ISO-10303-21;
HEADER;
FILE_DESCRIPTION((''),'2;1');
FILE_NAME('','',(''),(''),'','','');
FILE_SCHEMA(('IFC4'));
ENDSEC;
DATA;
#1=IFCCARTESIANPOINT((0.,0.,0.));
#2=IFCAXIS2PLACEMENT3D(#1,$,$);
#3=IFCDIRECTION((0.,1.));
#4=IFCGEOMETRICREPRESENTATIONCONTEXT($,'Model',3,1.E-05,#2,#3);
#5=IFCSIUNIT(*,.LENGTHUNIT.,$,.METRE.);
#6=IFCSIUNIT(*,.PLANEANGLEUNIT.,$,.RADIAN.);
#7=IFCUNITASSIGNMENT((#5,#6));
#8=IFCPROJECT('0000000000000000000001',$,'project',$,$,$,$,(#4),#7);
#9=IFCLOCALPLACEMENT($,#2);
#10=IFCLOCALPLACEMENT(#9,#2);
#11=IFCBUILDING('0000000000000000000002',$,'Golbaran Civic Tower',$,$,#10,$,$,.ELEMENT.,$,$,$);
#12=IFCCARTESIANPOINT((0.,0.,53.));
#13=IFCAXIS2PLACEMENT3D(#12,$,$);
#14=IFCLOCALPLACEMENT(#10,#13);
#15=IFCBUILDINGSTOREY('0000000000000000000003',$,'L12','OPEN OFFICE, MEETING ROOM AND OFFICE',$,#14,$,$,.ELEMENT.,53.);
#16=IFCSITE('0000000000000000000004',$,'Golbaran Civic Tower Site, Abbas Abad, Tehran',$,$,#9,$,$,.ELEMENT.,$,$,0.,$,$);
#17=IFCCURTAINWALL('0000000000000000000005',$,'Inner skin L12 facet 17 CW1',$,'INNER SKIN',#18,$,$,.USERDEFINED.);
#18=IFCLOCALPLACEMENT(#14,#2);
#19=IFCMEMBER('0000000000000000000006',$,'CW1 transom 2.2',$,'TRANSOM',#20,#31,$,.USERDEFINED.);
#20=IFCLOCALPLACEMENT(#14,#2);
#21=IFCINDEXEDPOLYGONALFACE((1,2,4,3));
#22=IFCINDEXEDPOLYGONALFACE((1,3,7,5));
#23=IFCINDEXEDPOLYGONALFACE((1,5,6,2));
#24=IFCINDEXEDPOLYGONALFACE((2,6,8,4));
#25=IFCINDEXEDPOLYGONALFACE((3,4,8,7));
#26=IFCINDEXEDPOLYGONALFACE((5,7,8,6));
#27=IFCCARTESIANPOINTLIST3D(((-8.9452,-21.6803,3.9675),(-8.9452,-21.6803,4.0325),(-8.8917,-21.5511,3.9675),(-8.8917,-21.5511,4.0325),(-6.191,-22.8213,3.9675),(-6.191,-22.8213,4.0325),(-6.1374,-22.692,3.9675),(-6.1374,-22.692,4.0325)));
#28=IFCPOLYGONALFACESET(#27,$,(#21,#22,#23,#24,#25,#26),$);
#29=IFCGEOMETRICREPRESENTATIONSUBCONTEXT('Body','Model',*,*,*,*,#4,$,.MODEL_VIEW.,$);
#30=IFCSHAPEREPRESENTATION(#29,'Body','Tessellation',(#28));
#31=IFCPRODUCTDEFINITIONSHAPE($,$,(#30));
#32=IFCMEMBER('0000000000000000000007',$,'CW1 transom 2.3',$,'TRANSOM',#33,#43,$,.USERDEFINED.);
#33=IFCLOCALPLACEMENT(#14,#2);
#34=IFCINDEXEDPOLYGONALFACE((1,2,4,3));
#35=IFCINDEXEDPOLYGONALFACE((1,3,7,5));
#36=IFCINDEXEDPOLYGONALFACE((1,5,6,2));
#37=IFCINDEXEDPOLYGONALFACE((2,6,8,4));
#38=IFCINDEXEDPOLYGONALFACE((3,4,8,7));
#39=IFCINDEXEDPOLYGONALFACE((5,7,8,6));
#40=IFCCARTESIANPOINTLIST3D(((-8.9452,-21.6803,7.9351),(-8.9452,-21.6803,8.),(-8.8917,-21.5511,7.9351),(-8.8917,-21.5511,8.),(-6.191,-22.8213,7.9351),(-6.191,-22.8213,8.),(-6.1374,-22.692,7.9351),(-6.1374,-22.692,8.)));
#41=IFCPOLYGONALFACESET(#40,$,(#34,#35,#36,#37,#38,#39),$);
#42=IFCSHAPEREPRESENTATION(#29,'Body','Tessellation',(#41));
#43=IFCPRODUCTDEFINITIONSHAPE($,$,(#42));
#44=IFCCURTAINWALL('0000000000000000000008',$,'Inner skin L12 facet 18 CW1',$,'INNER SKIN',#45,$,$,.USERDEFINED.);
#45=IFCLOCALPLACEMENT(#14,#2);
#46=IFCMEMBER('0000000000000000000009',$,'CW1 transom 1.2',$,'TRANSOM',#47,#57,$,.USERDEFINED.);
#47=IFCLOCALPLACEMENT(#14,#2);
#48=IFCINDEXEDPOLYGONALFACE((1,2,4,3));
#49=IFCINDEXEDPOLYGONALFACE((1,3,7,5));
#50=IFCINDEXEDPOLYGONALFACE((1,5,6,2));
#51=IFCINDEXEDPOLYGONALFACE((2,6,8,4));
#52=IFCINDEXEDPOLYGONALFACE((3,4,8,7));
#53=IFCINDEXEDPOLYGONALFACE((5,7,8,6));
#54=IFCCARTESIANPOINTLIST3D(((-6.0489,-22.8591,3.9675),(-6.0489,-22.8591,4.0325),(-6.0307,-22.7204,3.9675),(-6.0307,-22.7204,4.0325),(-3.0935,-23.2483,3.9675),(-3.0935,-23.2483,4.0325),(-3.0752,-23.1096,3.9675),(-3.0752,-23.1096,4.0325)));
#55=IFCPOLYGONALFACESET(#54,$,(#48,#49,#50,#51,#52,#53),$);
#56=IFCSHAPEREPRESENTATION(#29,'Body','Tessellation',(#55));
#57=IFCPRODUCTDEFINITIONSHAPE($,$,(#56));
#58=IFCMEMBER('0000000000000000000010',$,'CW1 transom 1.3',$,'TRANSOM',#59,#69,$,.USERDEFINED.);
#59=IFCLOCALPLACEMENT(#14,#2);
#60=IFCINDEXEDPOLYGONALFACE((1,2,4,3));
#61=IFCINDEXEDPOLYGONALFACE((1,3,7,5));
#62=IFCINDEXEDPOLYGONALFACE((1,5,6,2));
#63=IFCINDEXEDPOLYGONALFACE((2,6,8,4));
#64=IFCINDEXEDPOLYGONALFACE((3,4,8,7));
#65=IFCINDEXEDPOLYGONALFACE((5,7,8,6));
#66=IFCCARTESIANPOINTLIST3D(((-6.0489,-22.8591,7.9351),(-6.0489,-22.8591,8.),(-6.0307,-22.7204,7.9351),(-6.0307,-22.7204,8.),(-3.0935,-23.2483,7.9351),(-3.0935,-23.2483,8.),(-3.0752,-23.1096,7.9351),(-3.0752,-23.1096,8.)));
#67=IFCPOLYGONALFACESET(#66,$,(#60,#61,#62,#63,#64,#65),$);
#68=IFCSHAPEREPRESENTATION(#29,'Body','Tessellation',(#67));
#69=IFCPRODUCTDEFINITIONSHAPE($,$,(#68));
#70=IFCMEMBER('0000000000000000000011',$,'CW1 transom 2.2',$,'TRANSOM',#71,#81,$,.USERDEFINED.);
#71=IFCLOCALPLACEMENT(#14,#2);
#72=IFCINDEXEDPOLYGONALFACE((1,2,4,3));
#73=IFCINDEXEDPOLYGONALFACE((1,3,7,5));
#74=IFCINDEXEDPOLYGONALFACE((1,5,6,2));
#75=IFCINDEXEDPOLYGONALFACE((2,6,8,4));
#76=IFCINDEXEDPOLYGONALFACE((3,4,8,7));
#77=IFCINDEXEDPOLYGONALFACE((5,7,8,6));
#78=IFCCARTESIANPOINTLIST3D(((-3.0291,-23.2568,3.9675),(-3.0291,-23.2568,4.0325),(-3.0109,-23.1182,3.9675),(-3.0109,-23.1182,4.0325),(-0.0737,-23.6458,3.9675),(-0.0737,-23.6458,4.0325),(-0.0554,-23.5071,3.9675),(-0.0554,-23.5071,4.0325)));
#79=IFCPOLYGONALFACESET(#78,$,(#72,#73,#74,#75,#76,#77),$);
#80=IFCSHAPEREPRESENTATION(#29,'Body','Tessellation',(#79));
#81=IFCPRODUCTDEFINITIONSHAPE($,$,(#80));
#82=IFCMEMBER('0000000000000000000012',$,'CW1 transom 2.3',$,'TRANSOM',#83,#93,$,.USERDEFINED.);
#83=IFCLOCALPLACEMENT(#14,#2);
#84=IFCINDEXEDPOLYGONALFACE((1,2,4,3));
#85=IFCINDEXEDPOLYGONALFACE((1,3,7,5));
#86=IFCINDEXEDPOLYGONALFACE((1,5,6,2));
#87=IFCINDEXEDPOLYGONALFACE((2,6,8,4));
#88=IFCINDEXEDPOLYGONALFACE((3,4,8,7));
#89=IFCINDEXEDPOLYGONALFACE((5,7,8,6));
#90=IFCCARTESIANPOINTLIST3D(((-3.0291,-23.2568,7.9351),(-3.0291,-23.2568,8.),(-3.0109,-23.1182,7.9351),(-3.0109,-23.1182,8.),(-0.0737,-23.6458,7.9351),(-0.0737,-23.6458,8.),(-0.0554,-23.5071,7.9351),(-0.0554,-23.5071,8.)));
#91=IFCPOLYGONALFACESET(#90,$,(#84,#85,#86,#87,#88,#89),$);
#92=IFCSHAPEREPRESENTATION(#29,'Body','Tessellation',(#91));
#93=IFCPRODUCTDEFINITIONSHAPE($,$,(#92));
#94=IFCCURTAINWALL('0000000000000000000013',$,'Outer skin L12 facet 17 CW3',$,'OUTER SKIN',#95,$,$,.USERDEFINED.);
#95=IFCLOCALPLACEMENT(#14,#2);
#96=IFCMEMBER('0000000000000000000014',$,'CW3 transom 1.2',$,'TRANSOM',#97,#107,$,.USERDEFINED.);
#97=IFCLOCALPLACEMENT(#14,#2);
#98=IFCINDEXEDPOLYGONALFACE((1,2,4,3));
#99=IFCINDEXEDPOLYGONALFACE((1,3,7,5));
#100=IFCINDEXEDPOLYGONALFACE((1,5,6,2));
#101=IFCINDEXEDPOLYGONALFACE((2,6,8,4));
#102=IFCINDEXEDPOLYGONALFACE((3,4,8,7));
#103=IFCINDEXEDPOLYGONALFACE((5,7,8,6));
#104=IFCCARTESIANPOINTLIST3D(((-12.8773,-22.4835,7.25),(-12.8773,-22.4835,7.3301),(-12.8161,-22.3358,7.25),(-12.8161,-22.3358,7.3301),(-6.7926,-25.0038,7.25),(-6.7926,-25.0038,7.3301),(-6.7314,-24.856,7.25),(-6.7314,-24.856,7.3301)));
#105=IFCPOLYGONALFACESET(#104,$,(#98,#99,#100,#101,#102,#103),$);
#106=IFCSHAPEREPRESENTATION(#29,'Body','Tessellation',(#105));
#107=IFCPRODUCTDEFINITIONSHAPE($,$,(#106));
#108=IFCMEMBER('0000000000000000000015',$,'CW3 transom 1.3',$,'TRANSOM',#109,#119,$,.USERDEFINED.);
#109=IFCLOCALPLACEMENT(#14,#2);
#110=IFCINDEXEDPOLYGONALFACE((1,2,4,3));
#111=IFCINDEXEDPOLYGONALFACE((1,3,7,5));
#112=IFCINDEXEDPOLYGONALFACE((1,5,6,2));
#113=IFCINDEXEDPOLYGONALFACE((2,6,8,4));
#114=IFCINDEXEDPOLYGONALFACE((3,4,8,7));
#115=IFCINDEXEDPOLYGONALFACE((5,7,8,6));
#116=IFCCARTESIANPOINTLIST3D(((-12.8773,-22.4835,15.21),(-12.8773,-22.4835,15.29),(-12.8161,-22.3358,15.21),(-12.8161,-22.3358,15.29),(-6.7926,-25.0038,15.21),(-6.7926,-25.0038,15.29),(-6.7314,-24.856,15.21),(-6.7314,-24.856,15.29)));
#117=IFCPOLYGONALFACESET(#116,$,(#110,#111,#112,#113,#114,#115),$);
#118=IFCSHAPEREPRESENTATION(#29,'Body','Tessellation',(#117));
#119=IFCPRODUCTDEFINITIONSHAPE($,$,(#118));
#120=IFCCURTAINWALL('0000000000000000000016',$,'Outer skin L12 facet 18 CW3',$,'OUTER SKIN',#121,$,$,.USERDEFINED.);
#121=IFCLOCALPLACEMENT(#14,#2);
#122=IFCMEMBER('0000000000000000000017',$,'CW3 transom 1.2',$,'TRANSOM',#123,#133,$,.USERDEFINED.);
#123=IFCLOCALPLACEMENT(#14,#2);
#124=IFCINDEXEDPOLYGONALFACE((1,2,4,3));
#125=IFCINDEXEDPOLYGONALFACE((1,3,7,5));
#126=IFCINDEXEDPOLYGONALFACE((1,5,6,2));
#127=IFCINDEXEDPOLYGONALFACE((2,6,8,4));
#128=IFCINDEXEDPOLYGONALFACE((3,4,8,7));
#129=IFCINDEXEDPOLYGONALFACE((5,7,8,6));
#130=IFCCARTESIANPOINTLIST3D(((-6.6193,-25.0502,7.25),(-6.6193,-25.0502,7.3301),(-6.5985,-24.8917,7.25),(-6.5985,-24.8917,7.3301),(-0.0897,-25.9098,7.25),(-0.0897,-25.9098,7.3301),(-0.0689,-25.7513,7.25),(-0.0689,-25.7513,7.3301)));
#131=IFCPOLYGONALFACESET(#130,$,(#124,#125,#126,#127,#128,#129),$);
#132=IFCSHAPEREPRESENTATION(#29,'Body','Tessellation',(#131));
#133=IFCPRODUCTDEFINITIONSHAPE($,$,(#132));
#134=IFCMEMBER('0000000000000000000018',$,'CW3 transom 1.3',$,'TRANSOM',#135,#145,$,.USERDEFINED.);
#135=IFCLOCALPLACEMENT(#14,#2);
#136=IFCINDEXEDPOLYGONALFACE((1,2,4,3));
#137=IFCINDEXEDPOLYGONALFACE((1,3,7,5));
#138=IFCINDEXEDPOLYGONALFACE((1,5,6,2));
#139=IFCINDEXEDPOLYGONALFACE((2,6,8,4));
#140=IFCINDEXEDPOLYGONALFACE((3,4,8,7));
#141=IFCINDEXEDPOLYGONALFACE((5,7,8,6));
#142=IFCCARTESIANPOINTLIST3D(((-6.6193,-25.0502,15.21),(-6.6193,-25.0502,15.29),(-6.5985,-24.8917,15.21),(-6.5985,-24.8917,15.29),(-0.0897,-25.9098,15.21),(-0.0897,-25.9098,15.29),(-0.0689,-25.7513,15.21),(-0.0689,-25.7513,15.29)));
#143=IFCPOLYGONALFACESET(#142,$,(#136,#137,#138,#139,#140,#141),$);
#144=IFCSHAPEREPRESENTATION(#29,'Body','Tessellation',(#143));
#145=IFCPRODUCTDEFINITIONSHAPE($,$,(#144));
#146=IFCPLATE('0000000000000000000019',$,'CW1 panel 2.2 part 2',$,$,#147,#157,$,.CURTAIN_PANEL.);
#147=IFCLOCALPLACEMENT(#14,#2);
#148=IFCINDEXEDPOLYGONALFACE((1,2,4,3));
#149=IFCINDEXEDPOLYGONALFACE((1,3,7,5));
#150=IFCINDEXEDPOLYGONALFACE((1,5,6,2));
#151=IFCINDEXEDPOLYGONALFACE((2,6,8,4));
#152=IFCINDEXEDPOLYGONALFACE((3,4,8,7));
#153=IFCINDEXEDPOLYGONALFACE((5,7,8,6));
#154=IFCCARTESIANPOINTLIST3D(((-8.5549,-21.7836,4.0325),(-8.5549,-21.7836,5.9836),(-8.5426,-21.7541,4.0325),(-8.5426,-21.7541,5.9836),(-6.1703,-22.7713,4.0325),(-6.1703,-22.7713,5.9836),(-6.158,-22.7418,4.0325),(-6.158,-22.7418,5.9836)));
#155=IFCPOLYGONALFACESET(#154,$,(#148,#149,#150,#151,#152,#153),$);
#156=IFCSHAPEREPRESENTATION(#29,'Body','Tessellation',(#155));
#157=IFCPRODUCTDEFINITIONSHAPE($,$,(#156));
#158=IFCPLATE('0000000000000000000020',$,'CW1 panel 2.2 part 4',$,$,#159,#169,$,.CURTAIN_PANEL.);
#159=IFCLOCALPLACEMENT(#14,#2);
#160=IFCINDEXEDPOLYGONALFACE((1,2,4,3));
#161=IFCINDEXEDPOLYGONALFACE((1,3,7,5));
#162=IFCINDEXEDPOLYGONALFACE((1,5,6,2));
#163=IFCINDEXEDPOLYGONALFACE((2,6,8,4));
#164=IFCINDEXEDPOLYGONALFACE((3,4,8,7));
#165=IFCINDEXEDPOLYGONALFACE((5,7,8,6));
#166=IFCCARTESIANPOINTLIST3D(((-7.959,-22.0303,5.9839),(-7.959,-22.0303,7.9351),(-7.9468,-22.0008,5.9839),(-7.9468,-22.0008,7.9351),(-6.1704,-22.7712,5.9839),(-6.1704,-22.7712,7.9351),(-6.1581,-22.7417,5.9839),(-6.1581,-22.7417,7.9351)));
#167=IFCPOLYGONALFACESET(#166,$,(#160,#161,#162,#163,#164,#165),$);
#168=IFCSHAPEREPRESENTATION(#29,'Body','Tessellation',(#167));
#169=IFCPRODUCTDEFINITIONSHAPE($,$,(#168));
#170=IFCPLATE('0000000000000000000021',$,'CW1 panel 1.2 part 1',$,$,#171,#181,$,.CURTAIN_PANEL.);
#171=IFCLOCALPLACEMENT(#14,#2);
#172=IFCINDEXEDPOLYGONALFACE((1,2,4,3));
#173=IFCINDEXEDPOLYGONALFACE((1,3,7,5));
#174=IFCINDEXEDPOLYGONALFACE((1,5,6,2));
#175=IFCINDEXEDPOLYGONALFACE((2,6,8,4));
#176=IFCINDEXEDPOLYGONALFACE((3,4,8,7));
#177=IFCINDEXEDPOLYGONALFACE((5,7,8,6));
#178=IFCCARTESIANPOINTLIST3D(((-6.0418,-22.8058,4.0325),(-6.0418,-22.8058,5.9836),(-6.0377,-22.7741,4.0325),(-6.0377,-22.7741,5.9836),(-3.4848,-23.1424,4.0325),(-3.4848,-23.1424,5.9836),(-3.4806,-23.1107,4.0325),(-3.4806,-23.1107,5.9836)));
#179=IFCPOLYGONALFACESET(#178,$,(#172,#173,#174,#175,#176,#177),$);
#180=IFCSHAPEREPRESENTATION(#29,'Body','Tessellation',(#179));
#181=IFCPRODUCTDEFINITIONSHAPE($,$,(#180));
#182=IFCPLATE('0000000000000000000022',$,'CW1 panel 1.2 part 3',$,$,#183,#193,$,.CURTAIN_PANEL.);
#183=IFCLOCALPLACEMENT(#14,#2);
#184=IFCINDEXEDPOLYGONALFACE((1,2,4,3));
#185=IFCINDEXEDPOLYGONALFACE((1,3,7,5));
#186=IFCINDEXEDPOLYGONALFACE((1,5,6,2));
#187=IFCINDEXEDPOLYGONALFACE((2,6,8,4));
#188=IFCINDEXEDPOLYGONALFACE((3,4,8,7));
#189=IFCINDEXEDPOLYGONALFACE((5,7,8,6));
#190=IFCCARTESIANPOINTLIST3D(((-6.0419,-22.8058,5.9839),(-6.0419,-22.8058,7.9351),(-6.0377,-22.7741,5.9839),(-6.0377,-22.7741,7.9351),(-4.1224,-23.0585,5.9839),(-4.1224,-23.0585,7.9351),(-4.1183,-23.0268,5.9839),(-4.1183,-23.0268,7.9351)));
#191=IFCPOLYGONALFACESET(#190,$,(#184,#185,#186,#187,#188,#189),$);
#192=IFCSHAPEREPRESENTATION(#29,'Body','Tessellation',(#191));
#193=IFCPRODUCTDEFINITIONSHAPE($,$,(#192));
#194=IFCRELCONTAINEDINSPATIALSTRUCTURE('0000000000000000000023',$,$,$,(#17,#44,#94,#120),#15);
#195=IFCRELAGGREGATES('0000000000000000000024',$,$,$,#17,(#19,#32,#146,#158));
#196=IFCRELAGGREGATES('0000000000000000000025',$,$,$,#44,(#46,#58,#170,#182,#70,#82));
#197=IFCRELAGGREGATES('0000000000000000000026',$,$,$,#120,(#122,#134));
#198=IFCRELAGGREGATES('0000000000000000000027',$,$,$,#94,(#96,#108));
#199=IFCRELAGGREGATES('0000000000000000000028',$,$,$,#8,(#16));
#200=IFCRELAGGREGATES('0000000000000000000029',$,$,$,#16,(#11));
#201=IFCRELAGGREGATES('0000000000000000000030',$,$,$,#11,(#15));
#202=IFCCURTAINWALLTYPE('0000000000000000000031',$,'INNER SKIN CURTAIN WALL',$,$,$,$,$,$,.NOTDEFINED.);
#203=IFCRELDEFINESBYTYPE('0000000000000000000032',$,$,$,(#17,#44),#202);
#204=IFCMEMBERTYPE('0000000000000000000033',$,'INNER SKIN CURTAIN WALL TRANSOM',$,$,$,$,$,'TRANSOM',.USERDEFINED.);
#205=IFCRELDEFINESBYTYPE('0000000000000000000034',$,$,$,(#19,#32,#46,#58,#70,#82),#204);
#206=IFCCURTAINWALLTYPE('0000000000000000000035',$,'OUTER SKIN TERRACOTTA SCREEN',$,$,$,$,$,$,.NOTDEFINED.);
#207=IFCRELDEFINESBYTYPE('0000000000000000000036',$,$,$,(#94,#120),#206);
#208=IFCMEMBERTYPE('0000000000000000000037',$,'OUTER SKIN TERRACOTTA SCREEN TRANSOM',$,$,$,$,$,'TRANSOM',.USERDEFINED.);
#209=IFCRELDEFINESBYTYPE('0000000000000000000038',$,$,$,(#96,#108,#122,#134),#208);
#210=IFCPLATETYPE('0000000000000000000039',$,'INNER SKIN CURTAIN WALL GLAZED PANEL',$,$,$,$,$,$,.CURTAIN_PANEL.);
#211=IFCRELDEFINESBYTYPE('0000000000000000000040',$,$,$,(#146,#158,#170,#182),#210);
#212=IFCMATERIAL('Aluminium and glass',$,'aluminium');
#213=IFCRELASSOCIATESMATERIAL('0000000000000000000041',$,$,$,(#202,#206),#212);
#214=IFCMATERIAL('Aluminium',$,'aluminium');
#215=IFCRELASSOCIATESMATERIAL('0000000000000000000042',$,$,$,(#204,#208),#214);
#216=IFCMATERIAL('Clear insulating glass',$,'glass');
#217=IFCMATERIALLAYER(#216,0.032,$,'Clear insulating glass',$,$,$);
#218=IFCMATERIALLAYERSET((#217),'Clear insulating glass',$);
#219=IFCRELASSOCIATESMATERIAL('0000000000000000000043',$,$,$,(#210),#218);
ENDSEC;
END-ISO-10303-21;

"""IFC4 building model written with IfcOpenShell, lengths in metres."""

from ifc_helpers import new_model, si_unit, direction, frame, origin, origin_2d, place, context, subcontext, project, spatial, rectangle, extrude, material, layer, layer_set, material_profile, profile_set, type_object, element, aggregate, save


model = new_model("IFC4")

# Units and contexts
model_context = context("Model", 3, precision=1e-05, world=origin(), true_north=direction((0.0, 1.0)))
body_context = subcontext(model_context, "Body", "Model", "MODEL_VIEW")
ifc_project = project(units=[si_unit("LENGTHUNIT", "METRE"), si_unit("PLANEANGLEUNIT", "RADIAN")], contexts=[model_context])

# Site, building, storey
site_placement = place(None, origin())
site = spatial("IfcSite", under=ifc_project, at=site_placement, Name="Golbaran Civic Tower Site, Abbas Abad, Tehran", CompositionType="ELEMENT", RefElevation=0.0)
building_placement = place(site_placement, origin())
building = spatial("IfcBuilding", under=site, at=building_placement, Name="Golbaran Civic Tower", CompositionType="ELEMENT")
storey_placement = place(building_placement, frame((0.0, 0.0, 53.0)))
storey = spatial("IfcBuildingStorey", under=building, at=storey_placement, Name="L12", Description="OPEN OFFICE, MEETING ROOM AND OFFICE", CompositionType="ELEMENT", Elevation=53.0)

# Curtain walls, members
ifc_material_1 = material(Name="Aluminium and glass", Category="aluminium")
curtain_wall_type_1 = type_object("IfcCurtainWallType", Name="INNER SKIN CURTAIN WALL", PredefinedType="NOTDEFINED", material=ifc_material_1)
curtain_wall_1_placement = place(storey_placement, origin())
curtain_wall_1 = element("IfcCurtainWall", 1, at=curtain_wall_1_placement, inside=storey, type_object=curtain_wall_type_1, Name="Inner skin L12 facet 17 CW1", ObjectType="INNER SKIN", PredefinedType="USERDEFINED")
ifc_material_2 = material(Name="Aluminium", Category="aluminium")
ifc_material_profile_1 = material_profile(ifc_material_2, rectangle(XDim=0.1399, YDim=0.0649, at=origin_2d()), Name="INNER SKIN CURTAIN WALL TRANSOM")
ifc_profile_set_1 = profile_set([ifc_material_profile_1], Name="Aluminium")
member_type_1 = type_object("IfcMemberType", Name="INNER SKIN CURTAIN WALL TRANSOM", ElementType="TRANSOM", PredefinedType="USERDEFINED", material=ifc_profile_set_1)
member_1_placement = place(storey_placement, frame((-8.9185, -21.6157, 4.0), z_axis=(0.923872, -0.382701, 0.0), x_axis=(0.382701, 0.923872, 0.0)))
member_1 = element("IfcMember", 2, at=member_1_placement, type_object=member_type_1, Name="CW1 transom 2.2", ObjectType="TRANSOM", PredefinedType="USERDEFINED", context=body_context, shape_type="SweptSolid", body=[
    extrude(rectangle(XDim=0.1399, YDim=0.0649, at=origin_2d()), origin(), (0.0, 0.0, 1.0), 2.9812),
])
member_2_placement = place(storey_placement, frame((-8.9185, -21.6157, 7.9675), z_axis=(0.923872, -0.382701, 0.0), x_axis=(0.382701, 0.923872, 0.0)))
member_2 = element("IfcMember", 3, at=member_2_placement, type_object=member_type_1, Name="CW1 transom 2.3", ObjectType="TRANSOM", PredefinedType="USERDEFINED", context=body_context, shape_type="SweptSolid", body=[
    extrude(rectangle(XDim=0.1399, YDim=0.0649, at=origin_2d()), origin(), (0.0, 0.0, 1.0), 2.9812),
])
curtain_wall_2_placement = place(storey_placement, origin())
curtain_wall_2 = element("IfcCurtainWall", 4, at=curtain_wall_2_placement, inside=storey, type_object=curtain_wall_type_1, Name="Inner skin L12 facet 18 CW1", ObjectType="INNER SKIN", PredefinedType="USERDEFINED")
member_3_placement = place(storey_placement, frame((-6.0398, -22.7898, 4.0), z_axis=(0.991443, -0.130543, 0.0), x_axis=(0.130543, 0.991443, 0.0)))
member_3 = element("IfcMember", 5, at=member_3_placement, type_object=member_type_1, Name="CW1 transom 1.2", ObjectType="TRANSOM", PredefinedType="USERDEFINED", context=body_context, shape_type="SweptSolid", body=[
    extrude(rectangle(XDim=0.1399, YDim=0.0649, at=origin_2d()), origin(), (0.0, 0.0, 1.0), 2.981),
])
member_4_placement = place(storey_placement, frame((-6.0398, -22.7898, 7.9675), z_axis=(0.991443, -0.130543, 0.0), x_axis=(0.130543, 0.991443, 0.0)))
member_4 = element("IfcMember", 6, at=member_4_placement, type_object=member_type_1, Name="CW1 transom 1.3", ObjectType="TRANSOM", PredefinedType="USERDEFINED", context=body_context, shape_type="SweptSolid", body=[
    extrude(rectangle(XDim=0.1399, YDim=0.0649, at=origin_2d()), origin(), (0.0, 0.0, 1.0), 2.981),
])
member_5_placement = place(storey_placement, frame((-3.02, -23.1875, 4.0), z_axis=(0.991453, -0.130463, 0.0), x_axis=(0.130463, 0.991453, 0.0)))
member_5 = element("IfcMember", 7, at=member_5_placement, type_object=member_type_1, Name="CW1 transom 2.2", ObjectType="TRANSOM", PredefinedType="USERDEFINED", context=body_context, shape_type="SweptSolid", body=[
    extrude(rectangle(XDim=0.1399, YDim=0.0649, at=origin_2d()), origin(), (0.0, 0.0, 1.0), 2.981),
])
member_6_placement = place(storey_placement, frame((-3.02, -23.1875, 7.9675), z_axis=(0.991453, -0.130463, 0.0), x_axis=(0.130463, 0.991453, 0.0)))
member_6 = element("IfcMember", 8, at=member_6_placement, type_object=member_type_1, Name="CW1 transom 2.3", ObjectType="TRANSOM", PredefinedType="USERDEFINED", context=body_context, shape_type="SweptSolid", body=[
    extrude(rectangle(XDim=0.1399, YDim=0.0649, at=origin_2d()), origin(), (0.0, 0.0, 1.0), 2.981),
])
curtain_wall_type_2 = type_object("IfcCurtainWallType", Name="OUTER SKIN TERRACOTTA SCREEN", PredefinedType="NOTDEFINED", material=ifc_material_1)
curtain_wall_3_placement = place(storey_placement, origin())
curtain_wall_3 = element("IfcCurtainWall", 9, at=curtain_wall_3_placement, inside=storey, type_object=curtain_wall_type_2, Name="Outer skin L12 facet 17 CW3", ObjectType="OUTER SKIN", PredefinedType="USERDEFINED")
ifc_material_profile_2 = material_profile(ifc_material_2, rectangle(XDim=0.1599, YDim=0.0801, at=origin_2d()), Name="OUTER SKIN TERRACOTTA SCREEN TRANSOM")
ifc_profile_set_2 = profile_set([ifc_material_profile_2], Name="Aluminium")
member_type_2 = type_object("IfcMemberType", Name="OUTER SKIN TERRACOTTA SCREEN TRANSOM", ElementType="TRANSOM", PredefinedType="USERDEFINED", material=ifc_profile_set_2)
member_7_placement = place(storey_placement, frame((-12.8467, -22.4097, 7.29), z_axis=(0.923885, -0.382669, 0.0), x_axis=(0.382669, 0.923885, 0.0)))
member_7 = element("IfcMember", 10, at=member_7_placement, type_object=member_type_2, Name="CW3 transom 1.2", ObjectType="TRANSOM", PredefinedType="USERDEFINED", context=body_context, shape_type="SweptSolid", body=[
    extrude(rectangle(XDim=0.1599, YDim=0.0801, at=origin_2d()), origin(), (0.0, 0.0, 1.0), 6.5859),
])
member_8_placement = place(storey_placement, frame((-12.8467, -22.4097, 15.25), z_axis=(0.923885, -0.382669, 0.0), x_axis=(0.382669, 0.923885, 0.0)))
member_8 = element("IfcMember", 11, at=member_8_placement, type_object=member_type_2, Name="CW3 transom 1.3", ObjectType="TRANSOM", PredefinedType="USERDEFINED", context=body_context, shape_type="SweptSolid", body=[
    extrude(rectangle(XDim=0.1599, YDim=0.0801, at=origin_2d()), origin(), (0.0, 0.0, 1.0), 6.5859),
])
curtain_wall_4_placement = place(storey_placement, origin())
curtain_wall_4 = element("IfcCurtainWall", 12, at=curtain_wall_4_placement, inside=storey, type_object=curtain_wall_type_2, Name="Outer skin L12 facet 18 CW3", ObjectType="OUTER SKIN", PredefinedType="USERDEFINED")
member_9_placement = place(storey_placement, frame((-6.6089, -24.9709, 7.29), z_axis=(0.991445, -0.130525, 0.0), x_axis=(0.130525, 0.991445, 0.0)))
member_9 = element("IfcMember", 13, at=member_9_placement, type_object=member_type_2, Name="CW3 transom 1.2", ObjectType="TRANSOM", PredefinedType="USERDEFINED", context=body_context, shape_type="SweptSolid", body=[
    extrude(rectangle(XDim=0.1599, YDim=0.0801, at=origin_2d()), origin(), (0.0, 0.0, 1.0), 6.5859),
])
member_10_placement = place(storey_placement, frame((-6.6089, -24.9709, 15.25), z_axis=(0.991445, -0.130525, 0.0), x_axis=(0.130525, 0.991445, 0.0)))
member_10 = element("IfcMember", 14, at=member_10_placement, type_object=member_type_2, Name="CW3 transom 1.3", ObjectType="TRANSOM", PredefinedType="USERDEFINED", context=body_context, shape_type="SweptSolid", body=[
    extrude(rectangle(XDim=0.1599, YDim=0.0801, at=origin_2d()), origin(), (0.0, 0.0, 1.0), 6.5859),
])

# Plates
ifc_material_3 = material(Name="Clear insulating glass", Category="glass")
ifc_layer_1 = layer(ifc_material_3, 0.032, Name="Clear insulating glass")
ifc_layer_set_1 = layer_set([ifc_layer_1], Name="Clear insulating glass")
plate_type_1 = type_object("IfcPlateType", Name="INNER SKIN CURTAIN WALL GLAZED PANEL", PredefinedType="CURTAIN_PANEL", material=ifc_layer_set_1)
plate_1_placement = place(storey_placement, frame((-7.3564, -22.2627, 4.0325), z_axis=(0.0, 0.0, 1.0), x_axis=(0.92388, -0.382683, 0.0)))
plate_1 = element("IfcPlate", 15, at=plate_1_placement, type_object=plate_type_1, Name="CW1 panel 2.2 part 2", PredefinedType="CURTAIN_PANEL", context=body_context, shape_type="SweptSolid", body=[
    extrude(rectangle(XDim=2.5811, YDim=0.032, at=origin_2d()), origin(), (0.0, 0.0, 1.0), 1.9512),
])
plate_2_placement = place(storey_placement, frame((-7.0586, -22.386, 5.9839), z_axis=(0.0, 0.0, 1.0), x_axis=(0.92388, -0.382683, 0.0)))
plate_2 = element("IfcPlate", 16, at=plate_2_placement, type_object=plate_type_1, Name="CW1 panel 2.2 part 4", PredefinedType="CURTAIN_PANEL", context=body_context, shape_type="SweptSolid", body=[
    extrude(rectangle(XDim=1.936, YDim=0.032, at=origin_2d()), origin(), (0.0, 0.0, 1.0), 1.9512),
])
plate_3_placement = place(storey_placement, frame((-4.7612, -22.9583, 4.0325), z_axis=(0.0, 0.0, 1.0), x_axis=(0.991445, -0.130526, 0.0)))
plate_3 = element("IfcPlate", 17, at=plate_3_placement, type_object=plate_type_1, Name="CW1 panel 1.2 part 1", PredefinedType="CURTAIN_PANEL", context=body_context, shape_type="SweptSolid", body=[
    extrude(rectangle(XDim=2.5791, YDim=0.032, at=origin_2d()), origin(), (0.0, 0.0, 1.0), 1.9512),
])
plate_4_placement = place(storey_placement, frame((-5.0801, -22.9163, 5.9839), z_axis=(0.0, 0.0, 1.0), x_axis=(0.991445, -0.130526, 0.0)))
plate_4 = element("IfcPlate", 18, at=plate_4_placement, type_object=plate_type_1, Name="CW1 panel 1.2 part 3", PredefinedType="CURTAIN_PANEL", context=body_context, shape_type="SweptSolid", body=[
    extrude(rectangle(XDim=1.936, YDim=0.032, at=origin_2d()), origin(), (0.0, 0.0, 1.0), 1.9512),
])
aggregate(curtain_wall_1, [member_1, member_2, plate_1, plate_2])
aggregate(curtain_wall_2, [member_3, member_4, plate_3, plate_4, member_5, member_6])

aggregate(curtain_wall_4, [member_9, member_10])
aggregate(curtain_wall_3, [member_7, member_8])

save(model, "model.ifc")
